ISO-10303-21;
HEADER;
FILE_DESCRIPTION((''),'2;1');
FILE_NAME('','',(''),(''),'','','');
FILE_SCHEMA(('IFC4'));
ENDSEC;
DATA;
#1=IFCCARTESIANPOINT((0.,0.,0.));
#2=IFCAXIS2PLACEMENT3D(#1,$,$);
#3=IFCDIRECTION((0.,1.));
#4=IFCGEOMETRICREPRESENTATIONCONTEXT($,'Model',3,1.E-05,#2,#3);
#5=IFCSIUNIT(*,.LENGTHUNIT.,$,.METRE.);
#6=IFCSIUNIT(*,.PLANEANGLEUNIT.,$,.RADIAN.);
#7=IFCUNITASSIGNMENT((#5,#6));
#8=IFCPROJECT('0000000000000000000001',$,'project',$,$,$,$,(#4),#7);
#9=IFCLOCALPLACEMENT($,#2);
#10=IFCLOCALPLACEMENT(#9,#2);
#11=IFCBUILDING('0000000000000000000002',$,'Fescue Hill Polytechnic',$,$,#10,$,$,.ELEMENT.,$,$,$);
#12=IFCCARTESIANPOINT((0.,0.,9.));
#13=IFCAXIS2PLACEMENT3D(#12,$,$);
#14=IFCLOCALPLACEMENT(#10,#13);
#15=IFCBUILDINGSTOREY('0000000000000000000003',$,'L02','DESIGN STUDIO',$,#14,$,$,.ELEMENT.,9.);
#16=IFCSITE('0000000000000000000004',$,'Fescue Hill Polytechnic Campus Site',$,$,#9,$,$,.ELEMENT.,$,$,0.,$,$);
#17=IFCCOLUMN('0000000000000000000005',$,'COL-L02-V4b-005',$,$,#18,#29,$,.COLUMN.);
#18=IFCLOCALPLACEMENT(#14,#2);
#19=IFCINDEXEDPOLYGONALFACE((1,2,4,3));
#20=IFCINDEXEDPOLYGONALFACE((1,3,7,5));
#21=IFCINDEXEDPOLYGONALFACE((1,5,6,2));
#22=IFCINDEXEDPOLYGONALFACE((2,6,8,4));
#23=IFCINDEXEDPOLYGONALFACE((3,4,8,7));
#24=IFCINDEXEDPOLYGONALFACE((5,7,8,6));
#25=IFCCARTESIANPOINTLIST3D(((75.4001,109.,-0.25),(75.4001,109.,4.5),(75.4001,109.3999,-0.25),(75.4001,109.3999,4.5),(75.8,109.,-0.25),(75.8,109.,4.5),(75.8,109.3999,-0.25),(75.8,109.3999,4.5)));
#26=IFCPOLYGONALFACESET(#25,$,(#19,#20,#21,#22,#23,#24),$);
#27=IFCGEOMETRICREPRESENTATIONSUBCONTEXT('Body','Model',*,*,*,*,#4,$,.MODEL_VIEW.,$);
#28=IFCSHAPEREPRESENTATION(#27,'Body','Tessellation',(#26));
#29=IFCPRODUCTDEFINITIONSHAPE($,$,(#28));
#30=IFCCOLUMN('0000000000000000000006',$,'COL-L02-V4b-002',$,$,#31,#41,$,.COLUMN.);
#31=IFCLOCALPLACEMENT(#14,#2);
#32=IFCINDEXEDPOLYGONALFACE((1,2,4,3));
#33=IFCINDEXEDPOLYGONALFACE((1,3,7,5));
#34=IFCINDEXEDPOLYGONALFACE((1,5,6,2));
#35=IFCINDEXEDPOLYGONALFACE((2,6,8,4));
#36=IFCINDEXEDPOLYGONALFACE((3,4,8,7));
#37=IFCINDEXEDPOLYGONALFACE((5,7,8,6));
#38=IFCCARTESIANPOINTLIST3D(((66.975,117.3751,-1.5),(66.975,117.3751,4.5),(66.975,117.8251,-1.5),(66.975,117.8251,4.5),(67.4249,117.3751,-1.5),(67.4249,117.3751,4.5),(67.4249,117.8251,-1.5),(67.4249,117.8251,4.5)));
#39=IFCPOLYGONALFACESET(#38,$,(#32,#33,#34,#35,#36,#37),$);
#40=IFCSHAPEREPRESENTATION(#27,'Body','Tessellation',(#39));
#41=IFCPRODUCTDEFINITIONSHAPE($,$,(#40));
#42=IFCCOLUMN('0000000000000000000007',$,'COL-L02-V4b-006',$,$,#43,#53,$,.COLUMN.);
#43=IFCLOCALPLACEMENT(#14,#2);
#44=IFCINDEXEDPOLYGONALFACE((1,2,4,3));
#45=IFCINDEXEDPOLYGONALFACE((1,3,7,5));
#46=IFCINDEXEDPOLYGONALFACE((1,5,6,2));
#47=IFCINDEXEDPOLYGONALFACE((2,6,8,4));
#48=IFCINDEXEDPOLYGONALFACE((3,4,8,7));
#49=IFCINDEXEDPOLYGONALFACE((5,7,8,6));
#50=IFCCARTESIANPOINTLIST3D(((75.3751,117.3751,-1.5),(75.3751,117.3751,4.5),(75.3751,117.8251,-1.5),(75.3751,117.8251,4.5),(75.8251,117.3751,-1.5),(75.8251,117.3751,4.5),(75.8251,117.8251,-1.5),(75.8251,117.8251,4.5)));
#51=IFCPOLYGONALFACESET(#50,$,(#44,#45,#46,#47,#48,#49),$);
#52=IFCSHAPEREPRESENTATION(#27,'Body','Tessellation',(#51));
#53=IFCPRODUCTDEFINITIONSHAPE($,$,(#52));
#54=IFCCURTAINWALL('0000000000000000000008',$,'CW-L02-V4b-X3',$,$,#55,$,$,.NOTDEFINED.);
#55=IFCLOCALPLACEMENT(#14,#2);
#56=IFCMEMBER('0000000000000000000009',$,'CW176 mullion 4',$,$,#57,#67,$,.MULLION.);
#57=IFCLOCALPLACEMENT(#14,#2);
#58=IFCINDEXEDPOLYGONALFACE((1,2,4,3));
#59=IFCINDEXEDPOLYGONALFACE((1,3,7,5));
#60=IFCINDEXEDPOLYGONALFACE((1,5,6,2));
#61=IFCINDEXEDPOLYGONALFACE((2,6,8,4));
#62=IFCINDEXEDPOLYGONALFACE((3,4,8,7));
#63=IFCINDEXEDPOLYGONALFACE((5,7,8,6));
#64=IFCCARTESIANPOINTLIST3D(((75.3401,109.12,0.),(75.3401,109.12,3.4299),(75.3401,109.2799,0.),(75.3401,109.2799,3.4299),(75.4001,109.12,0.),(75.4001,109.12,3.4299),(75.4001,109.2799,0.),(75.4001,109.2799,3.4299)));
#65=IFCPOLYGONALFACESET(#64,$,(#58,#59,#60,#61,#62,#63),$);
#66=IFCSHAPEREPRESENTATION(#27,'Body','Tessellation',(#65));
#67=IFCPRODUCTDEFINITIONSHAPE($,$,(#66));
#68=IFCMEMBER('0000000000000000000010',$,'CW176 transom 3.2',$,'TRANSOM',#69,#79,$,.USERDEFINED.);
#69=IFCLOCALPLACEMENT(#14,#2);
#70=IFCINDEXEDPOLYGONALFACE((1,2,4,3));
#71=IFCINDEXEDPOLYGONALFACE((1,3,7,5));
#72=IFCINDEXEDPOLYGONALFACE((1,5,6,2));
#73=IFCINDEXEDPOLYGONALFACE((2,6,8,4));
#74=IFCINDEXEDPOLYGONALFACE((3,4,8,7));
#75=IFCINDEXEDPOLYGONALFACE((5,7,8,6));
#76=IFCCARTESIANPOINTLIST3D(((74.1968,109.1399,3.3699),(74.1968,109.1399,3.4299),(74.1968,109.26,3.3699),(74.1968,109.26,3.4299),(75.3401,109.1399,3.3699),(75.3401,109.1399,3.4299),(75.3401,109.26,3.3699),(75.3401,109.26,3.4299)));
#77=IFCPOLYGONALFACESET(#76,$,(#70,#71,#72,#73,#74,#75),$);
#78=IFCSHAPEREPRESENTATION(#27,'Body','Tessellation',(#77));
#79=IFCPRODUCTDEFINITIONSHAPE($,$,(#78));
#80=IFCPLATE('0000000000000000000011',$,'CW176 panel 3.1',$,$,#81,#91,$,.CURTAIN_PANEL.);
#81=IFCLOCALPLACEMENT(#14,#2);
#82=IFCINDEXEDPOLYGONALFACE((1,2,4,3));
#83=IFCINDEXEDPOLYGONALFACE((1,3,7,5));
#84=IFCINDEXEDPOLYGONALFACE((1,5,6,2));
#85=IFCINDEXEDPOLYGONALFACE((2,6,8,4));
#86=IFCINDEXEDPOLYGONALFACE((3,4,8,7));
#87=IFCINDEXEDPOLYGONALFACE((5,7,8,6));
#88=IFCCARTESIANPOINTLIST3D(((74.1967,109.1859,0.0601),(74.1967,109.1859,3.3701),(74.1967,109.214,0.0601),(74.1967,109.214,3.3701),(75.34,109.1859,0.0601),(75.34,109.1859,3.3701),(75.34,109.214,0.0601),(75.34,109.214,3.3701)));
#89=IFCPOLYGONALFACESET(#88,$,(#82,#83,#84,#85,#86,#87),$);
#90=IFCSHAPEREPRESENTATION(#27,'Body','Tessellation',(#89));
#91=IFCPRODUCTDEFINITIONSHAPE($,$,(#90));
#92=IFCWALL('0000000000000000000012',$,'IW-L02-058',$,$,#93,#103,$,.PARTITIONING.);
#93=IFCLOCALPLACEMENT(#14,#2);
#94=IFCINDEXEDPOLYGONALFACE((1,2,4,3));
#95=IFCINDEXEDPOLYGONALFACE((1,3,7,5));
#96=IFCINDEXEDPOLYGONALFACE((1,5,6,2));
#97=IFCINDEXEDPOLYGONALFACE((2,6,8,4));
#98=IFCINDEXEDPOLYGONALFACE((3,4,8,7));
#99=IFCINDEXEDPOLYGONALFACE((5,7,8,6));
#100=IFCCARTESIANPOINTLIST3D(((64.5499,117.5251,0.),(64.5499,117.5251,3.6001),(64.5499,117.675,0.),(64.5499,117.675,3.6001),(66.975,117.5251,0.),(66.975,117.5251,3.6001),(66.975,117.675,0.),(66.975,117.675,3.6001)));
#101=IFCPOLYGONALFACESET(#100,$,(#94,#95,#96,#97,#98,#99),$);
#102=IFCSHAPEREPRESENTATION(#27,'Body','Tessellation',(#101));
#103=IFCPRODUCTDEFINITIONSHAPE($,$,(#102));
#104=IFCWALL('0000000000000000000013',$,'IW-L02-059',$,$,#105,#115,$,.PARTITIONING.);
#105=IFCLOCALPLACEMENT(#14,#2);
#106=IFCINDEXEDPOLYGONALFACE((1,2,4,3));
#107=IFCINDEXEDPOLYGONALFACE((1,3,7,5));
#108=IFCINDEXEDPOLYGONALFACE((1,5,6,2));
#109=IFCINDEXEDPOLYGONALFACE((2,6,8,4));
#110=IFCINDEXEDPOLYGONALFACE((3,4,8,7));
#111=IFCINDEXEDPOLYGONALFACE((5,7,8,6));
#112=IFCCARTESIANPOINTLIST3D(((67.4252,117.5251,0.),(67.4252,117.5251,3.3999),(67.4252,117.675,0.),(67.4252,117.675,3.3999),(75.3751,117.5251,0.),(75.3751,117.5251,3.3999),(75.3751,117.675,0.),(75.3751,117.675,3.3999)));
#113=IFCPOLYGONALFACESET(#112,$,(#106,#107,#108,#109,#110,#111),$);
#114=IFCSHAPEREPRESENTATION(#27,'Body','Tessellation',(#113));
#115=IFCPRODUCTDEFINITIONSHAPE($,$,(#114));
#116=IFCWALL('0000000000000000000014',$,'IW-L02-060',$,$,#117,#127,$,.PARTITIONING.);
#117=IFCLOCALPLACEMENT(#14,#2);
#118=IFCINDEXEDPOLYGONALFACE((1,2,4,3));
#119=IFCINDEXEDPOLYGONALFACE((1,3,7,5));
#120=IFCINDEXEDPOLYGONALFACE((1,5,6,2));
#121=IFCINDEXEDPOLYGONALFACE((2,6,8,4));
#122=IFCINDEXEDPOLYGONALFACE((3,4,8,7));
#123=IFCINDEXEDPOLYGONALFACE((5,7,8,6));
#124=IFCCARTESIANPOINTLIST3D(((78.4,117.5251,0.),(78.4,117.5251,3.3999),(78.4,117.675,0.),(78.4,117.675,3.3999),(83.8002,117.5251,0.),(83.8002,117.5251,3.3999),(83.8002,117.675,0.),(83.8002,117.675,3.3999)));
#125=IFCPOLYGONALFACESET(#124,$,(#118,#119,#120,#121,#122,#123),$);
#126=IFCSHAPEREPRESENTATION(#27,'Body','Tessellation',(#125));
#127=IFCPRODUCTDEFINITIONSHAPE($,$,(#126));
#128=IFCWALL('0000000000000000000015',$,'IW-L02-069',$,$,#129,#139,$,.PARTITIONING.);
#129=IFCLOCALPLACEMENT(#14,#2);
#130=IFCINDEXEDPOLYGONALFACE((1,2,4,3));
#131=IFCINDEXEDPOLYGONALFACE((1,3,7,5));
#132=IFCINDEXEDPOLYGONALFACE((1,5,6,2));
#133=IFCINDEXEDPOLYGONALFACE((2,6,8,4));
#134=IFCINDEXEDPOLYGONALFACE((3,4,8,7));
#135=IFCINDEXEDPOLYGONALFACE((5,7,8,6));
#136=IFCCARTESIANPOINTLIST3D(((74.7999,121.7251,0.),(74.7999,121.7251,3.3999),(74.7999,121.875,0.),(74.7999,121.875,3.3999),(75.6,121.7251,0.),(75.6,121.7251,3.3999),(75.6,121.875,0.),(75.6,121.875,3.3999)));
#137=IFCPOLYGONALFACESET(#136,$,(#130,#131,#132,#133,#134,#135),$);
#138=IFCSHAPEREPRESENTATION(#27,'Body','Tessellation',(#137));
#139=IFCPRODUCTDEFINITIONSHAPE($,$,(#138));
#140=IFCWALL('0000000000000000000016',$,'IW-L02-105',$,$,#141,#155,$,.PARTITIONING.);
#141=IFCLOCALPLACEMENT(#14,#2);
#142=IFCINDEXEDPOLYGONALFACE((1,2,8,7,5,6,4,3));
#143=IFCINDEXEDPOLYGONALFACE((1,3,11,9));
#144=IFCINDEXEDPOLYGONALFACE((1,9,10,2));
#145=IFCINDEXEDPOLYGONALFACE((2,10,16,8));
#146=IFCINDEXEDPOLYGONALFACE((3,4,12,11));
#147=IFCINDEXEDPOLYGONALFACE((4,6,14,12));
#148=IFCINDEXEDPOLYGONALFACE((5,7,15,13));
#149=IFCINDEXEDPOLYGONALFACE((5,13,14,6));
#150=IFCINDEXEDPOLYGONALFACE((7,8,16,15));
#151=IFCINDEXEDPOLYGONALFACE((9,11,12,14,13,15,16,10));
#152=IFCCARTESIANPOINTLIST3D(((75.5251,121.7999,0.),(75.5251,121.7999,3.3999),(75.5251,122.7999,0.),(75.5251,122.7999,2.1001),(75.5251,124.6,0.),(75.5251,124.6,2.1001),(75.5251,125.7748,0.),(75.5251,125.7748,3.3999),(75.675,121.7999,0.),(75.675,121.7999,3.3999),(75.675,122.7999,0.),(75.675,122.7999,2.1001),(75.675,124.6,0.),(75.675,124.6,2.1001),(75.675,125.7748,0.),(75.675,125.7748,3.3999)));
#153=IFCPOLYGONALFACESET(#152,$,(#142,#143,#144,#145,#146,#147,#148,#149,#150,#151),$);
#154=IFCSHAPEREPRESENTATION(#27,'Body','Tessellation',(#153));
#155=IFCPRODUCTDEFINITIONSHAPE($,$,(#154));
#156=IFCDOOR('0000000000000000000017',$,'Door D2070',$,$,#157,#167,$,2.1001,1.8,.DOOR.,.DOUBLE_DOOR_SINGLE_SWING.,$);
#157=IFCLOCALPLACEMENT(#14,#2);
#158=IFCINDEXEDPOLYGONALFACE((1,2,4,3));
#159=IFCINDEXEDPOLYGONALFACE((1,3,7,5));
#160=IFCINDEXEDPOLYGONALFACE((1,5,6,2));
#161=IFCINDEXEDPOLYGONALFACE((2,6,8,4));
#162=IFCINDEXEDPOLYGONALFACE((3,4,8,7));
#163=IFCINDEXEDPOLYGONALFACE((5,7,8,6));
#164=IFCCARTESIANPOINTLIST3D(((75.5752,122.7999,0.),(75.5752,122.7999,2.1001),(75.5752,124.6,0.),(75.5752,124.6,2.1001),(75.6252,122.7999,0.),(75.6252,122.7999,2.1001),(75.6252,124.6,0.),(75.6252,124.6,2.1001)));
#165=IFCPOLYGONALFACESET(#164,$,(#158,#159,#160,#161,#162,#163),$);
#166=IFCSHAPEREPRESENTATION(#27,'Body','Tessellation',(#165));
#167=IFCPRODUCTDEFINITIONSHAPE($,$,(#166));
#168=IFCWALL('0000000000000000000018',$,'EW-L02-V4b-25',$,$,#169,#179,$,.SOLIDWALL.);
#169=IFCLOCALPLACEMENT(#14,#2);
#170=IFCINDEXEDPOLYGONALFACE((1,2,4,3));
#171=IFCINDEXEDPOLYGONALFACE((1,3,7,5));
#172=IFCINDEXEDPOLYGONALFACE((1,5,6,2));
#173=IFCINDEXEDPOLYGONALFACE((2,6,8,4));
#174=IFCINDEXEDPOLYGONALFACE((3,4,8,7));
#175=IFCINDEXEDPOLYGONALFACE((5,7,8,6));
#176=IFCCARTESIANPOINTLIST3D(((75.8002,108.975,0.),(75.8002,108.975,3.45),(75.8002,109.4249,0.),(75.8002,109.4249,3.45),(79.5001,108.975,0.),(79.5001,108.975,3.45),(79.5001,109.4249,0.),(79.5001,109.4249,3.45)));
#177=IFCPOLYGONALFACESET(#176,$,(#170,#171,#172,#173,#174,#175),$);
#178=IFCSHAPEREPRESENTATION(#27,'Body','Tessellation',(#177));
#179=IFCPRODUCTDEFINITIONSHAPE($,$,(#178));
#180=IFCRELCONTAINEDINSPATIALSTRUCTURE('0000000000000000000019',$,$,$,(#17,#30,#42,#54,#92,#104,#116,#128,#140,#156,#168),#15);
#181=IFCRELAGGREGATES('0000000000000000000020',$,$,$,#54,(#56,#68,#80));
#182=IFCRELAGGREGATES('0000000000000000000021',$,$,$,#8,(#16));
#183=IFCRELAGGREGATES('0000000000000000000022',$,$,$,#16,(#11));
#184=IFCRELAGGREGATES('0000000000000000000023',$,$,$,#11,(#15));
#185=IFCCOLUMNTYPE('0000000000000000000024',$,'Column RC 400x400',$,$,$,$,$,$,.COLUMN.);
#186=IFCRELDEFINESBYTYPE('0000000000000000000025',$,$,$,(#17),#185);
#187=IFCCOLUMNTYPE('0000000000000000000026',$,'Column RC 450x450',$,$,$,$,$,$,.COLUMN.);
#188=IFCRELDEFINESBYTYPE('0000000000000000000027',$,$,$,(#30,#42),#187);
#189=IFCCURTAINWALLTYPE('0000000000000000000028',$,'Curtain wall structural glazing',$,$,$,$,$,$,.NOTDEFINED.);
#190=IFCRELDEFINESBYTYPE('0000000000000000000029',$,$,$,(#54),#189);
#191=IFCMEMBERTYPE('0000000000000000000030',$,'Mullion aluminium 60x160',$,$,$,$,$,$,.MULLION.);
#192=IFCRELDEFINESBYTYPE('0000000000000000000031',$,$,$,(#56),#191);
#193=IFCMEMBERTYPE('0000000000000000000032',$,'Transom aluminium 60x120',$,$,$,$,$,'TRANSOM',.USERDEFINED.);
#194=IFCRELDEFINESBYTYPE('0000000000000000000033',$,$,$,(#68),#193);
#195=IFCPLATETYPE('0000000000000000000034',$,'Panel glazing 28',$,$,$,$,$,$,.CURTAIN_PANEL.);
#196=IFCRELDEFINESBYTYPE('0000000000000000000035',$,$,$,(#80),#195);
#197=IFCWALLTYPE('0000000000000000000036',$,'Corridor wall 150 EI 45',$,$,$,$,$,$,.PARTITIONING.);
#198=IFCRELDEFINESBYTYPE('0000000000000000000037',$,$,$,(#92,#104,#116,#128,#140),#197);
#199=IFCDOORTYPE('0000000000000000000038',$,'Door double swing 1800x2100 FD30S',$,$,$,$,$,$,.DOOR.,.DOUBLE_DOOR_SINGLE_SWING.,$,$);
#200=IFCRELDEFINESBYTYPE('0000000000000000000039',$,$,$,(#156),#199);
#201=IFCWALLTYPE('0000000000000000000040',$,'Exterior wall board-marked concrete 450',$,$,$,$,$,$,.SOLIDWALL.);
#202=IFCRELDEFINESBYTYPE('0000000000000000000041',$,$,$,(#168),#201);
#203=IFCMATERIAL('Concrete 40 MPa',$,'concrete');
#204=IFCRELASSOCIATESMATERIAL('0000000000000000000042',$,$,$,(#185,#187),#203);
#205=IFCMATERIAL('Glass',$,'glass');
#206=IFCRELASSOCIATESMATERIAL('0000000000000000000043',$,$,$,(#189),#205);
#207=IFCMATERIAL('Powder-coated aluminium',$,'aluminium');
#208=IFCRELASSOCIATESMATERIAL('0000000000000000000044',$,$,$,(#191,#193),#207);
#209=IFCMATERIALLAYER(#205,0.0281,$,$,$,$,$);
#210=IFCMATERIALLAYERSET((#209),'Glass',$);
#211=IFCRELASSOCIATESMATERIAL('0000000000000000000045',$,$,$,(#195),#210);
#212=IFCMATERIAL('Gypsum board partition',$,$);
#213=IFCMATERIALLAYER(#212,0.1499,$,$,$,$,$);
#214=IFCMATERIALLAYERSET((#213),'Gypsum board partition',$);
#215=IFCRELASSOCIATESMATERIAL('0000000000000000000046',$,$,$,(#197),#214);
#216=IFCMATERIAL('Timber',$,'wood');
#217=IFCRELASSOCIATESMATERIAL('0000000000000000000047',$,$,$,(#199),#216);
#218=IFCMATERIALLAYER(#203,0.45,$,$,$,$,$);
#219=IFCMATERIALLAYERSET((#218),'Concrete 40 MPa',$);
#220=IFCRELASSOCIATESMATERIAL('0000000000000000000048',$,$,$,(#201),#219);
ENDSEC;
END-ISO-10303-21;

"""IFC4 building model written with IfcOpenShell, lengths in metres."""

from ifc_helpers import new_model, si_unit, direction, frame, frame_2d, origin, origin_2d, place, context, subcontext, project, spatial, rectangle, extrude, material, layer, layer_set, material_profile, profile_set, type_object, element, fill, aggregate, save


model = new_model("IFC4")

# Units and contexts
model_context = context("Model", 3, precision=1e-05, world=origin(), true_north=direction((0.0, 1.0)))
body_context = subcontext(model_context, "Body", "Model", "MODEL_VIEW")
ifc_project = project(units=[si_unit("LENGTHUNIT", "METRE"), si_unit("PLANEANGLEUNIT", "RADIAN")], contexts=[model_context])

# Site, building, storey
site_placement = place(None, origin())
site = spatial("IfcSite", under=ifc_project, at=site_placement, Name="Fescue Hill Polytechnic Campus Site", CompositionType="ELEMENT", RefElevation=0.0)
building_placement = place(site_placement, origin())
building = spatial("IfcBuilding", under=site, at=building_placement, Name="Fescue Hill Polytechnic", CompositionType="ELEMENT")
storey_placement = place(building_placement, frame((0.0, 0.0, 9.0)))
storey = spatial("IfcBuildingStorey", under=building, at=storey_placement, Name="L02", Description="DESIGN STUDIO", CompositionType="ELEMENT", Elevation=9.0)

# Columns
ifc_material_1 = material(Name="Concrete 40 MPa", Category="concrete")
ifc_material_profile_1 = material_profile(ifc_material_1, rectangle(XDim=0.3999, YDim=0.3999, at=origin_2d()), Name="RC 400x400")
ifc_profile_set_1 = profile_set([ifc_material_profile_1], Name="Concrete 40 MPa")
column_type_1 = type_object("IfcColumnType", Name="Column RC 400x400", PredefinedType="COLUMN", material=ifc_profile_set_1)
column_placement = place(storey_placement, frame((75.6001, 109.2, -0.25), z_axis=(0.0, 0.0, 1.0), x_axis=(1.0, 0.0, 0.0)))
element("IfcColumn", 1, at=column_placement, inside=storey, type_object=column_type_1, Name="COL-L02-V4b-005", PredefinedType="COLUMN", context=body_context, shape_type="SweptSolid", body=[
    extrude(rectangle(XDim=0.3999, YDim=0.3999, at=origin_2d()), origin(), (0.0, 0.0, 1.0), 4.75),
])
ifc_material_profile_2 = material_profile(ifc_material_1, rectangle(XDim=0.45, YDim=0.45, at=origin_2d()), Name="RC 450x450")
ifc_profile_set_2 = profile_set([ifc_material_profile_2], Name="Concrete 40 MPa")
column_type_2 = type_object("IfcColumnType", Name="Column RC 450x450", PredefinedType="COLUMN", material=ifc_profile_set_2)
for number, where, z_axis, x_axis, name in (
    (2, (67.2, 117.6001, -1.5), (0.0, 0.0, 1.0), (1.0, 0.0, 0.0), "COL-L02-V4b-002"),
    (3, (75.6001, 117.6001, -1.5), (0.0, 0.0, 1.0), (1.0, 0.0, 0.0), "COL-L02-V4b-006"),
):
    element("IfcColumn", number, at=place(storey_placement, frame(where, z_axis=z_axis, x_axis=x_axis)), inside=storey, type_object=column_type_2, Name=name, PredefinedType="COLUMN", context=body_context, shape_type="SweptSolid", body=[
        extrude(rectangle(XDim=0.45, YDim=0.45, at=origin_2d()), origin(), (0.0, 0.0, 1.0), 6.0),
    ])

# Curtain wall, members, plate
ifc_material_2 = material(Name="Glass", Category="glass")
curtain_wall_type = type_object("IfcCurtainWallType", Name="Curtain wall structural glazing", PredefinedType="NOTDEFINED", material=ifc_material_2)
curtain_wall_placement = place(storey_placement, origin())
curtain_wall = element("IfcCurtainWall", 4, at=curtain_wall_placement, inside=storey, type_object=curtain_wall_type, Name="CW-L02-V4b-X3", PredefinedType="NOTDEFINED")
ifc_material_3 = material(Name="Powder-coated aluminium", Category="aluminium")
ifc_material_profile_3 = material_profile(ifc_material_3, rectangle(XDim=0.1599, YDim=0.0601, at=origin_2d()), Name="Mullion aluminium 60x160")
ifc_profile_set_3 = profile_set([ifc_material_profile_3], Name="Powder-coated aluminium")
member_type_1 = type_object("IfcMemberType", Name="Mullion aluminium 60x160", PredefinedType="MULLION", material=ifc_profile_set_3)
member_1_placement = place(storey_placement, frame((75.3701, 109.2, 0.0), z_axis=(0.0, 0.0, 1.0), x_axis=(0.0, 1.0, 0.0)))
member_1 = element("IfcMember", 5, at=member_1_placement, type_object=member_type_1, Name="CW176 mullion 4", PredefinedType="MULLION", context=body_context, shape_type="SweptSolid", body=[
    extrude(rectangle(XDim=0.1599, YDim=0.0601, at=origin_2d()), origin(), (0.0, 0.0, 1.0), 3.4299),
])
ifc_material_profile_4 = material_profile(ifc_material_3, rectangle(XDim=0.1201, YDim=0.0601, at=origin_2d()), Name="Transom aluminium 60x120")
ifc_profile_set_4 = profile_set([ifc_material_profile_4], Name="Powder-coated aluminium")
member_type_2 = type_object("IfcMemberType", Name="Transom aluminium 60x120", ElementType="TRANSOM", PredefinedType="USERDEFINED", material=ifc_profile_set_4)
member_2_placement = place(storey_placement, frame((74.1968, 109.2, 3.3999), z_axis=(1.0, 0.0, 0.0), x_axis=(0.0, 1.0, 0.0)))
member_2 = element("IfcMember", 6, at=member_2_placement, type_object=member_type_2, Name="CW176 transom 3.2", ObjectType="TRANSOM", PredefinedType="USERDEFINED", context=body_context, shape_type="SweptSolid", body=[
    extrude(rectangle(XDim=0.1201, YDim=0.0601, at=origin_2d()), origin(), (0.0, 0.0, 1.0), 1.1433),
])
ifc_layer_1 = layer(ifc_material_2, 0.0281)
ifc_layer_set_1 = layer_set([ifc_layer_1], Name="Glass")
plate_type = type_object("IfcPlateType", Name="Panel glazing 28", PredefinedType="CURTAIN_PANEL", material=ifc_layer_set_1)
plate_placement = place(storey_placement, frame((74.7683, 109.2, 0.0601), z_axis=(0.0, 0.0, 1.0), x_axis=(1.0, 0.0, 0.0)))
plate = element("IfcPlate", 7, at=plate_placement, type_object=plate_type, Name="CW176 panel 3.1", PredefinedType="CURTAIN_PANEL", context=body_context, shape_type="SweptSolid", body=[
    extrude(rectangle(XDim=1.1433, YDim=0.0281, at=origin_2d()), origin(), (0.0, 0.0, 1.0), 3.3101),
])
aggregate(curtain_wall, [member_1, member_2, plate])

# Walls
ifc_material_4 = material(Name="Gypsum board partition")
ifc_layer_2 = layer(ifc_material_4, 0.1499)
ifc_layer_set_2 = layer_set([ifc_layer_2], Name="Gypsum board partition")
wall_type_1 = type_object("IfcWallType", Name="Corridor wall 150 EI 45", PredefinedType="PARTITIONING", material=ifc_layer_set_2)
wall_1_placement = place(storey_placement, frame((64.55, 117.6001, 0.0), z_axis=(0.0, 0.0, 1.0), x_axis=(1.0, 0.0, 0.0)))
element("IfcWall", 8, at=wall_1_placement, inside=storey, type_object=wall_type_1, Name="IW-L02-058", PredefinedType="PARTITIONING", context=body_context, shape_type="SweptSolid", body=[
    extrude(rectangle(XDim=2.425, YDim=0.1499, at=frame_2d((1.2124, 0.0))), origin(), (0.0, 0.0, 1.0), 3.6001),
])
wall_2_placement = place(storey_placement, frame((67.425, 117.6001, 0.0), z_axis=(0.0, 0.0, 1.0), x_axis=(1.0, 0.0, 0.0)))
element("IfcWall", 9, at=wall_2_placement, inside=storey, type_object=wall_type_1, Name="IW-L02-059", PredefinedType="PARTITIONING", context=body_context, shape_type="SweptSolid", body=[
    extrude(rectangle(XDim=7.95, YDim=0.1499, at=frame_2d((3.9751, 0.0))), origin(), (0.0, 0.0, 1.0), 3.3999),
])
wall_3_placement = place(storey_placement, frame((78.3999, 117.6001, 0.0), z_axis=(0.0, 0.0, 1.0), x_axis=(1.0, 0.0, 0.0)))
element("IfcWall", 10, at=wall_3_placement, inside=storey, type_object=wall_type_1, Name="IW-L02-060", PredefinedType="PARTITIONING", context=body_context, shape_type="SweptSolid", body=[
    extrude(rectangle(XDim=5.4001, YDim=0.1499, at=frame_2d((2.7002, 0.0))), origin(), (0.0, 0.0, 1.0), 3.3999),
])
wall_4_placement = place(storey_placement, frame((74.8, 121.8, 0.0), z_axis=(0.0, 0.0, 1.0), x_axis=(1.0, 0.0, 0.0)))
element("IfcWall", 11, at=wall_4_placement, inside=storey, type_object=wall_type_1, Name="IW-L02-069", PredefinedType="PARTITIONING", context=body_context, shape_type="SweptSolid", body=[
    extrude(rectangle(XDim=0.8, YDim=0.1499, at=frame_2d((0.3999, 0.0))), origin(), (0.0, 0.0, 1.0), 3.3999),
])

# Wall, opening, door
wall_5_placement = place(storey_placement, frame((75.6001, 121.8, 0.0), z_axis=(0.0, 0.0, 1.0), x_axis=(0.0, 1.0, 0.0)))
wall_5 = element("IfcWall", 12, at=wall_5_placement, inside=storey, type_object=wall_type_1, Name="IW-L02-105", PredefinedType="PARTITIONING", context=body_context, shape_type="SweptSolid", body=[
    extrude(rectangle(XDim=3.9749, YDim=0.1499, at=frame_2d((1.9873, 0.0))), origin(), (0.0, 0.0, 1.0), 3.3999),
])
opening_1_placement = place(wall_5_placement, frame((1.0, 0.0, 0.0)))
opening_1 = element("IfcOpeningElement", 13, at=opening_1_placement, cuts=wall_5, PredefinedType="OPENING", context=body_context, shape_type="SweptSolid", body=[
    extrude(rectangle(XDim=1.8, YDim=2.1001, at=frame_2d((0.8999, 1.05))), frame((0.0, 0.085, 0.0), z_axis=(0.0, -1.0, 0.0), x_axis=(1.0, 0.0, 0.0)), (0.0, 0.0, 1.0), 0.1699),
])
ifc_material_5 = material(Name="Timber", Category="wood")
door_type_1 = type_object("IfcDoorType", Name="Door double swing 1800x2100 FD30S", OperationType="DOUBLE_DOOR_SINGLE_SWING", PredefinedType="DOOR", material=ifc_material_5)
door_1_placement = place(opening_1_placement, origin())
door_1 = element("IfcDoor", 14, at=door_1_placement, inside=storey, type_object=door_type_1, Name="Door D2070", OperationType="DOUBLE_DOOR_SINGLE_SWING", OverallHeight=2.1001, OverallWidth=1.8, PredefinedType="DOOR", context=body_context, shape_type="SweptSolid", body=[
    extrude(rectangle(XDim=1.8, YDim=2.1001, at=frame_2d((0.8999, 1.05))), frame((0.0, 0.0249, 0.0), z_axis=(0.0, -1.0, 0.0), x_axis=(1.0, 0.0, 0.0)), (0.0, 0.0, 1.0), 0.05),
])
fill(opening_1, door_1)

# Wall
ifc_layer_3 = layer(ifc_material_1, 0.45)
ifc_layer_set_3 = layer_set([ifc_layer_3], Name="Concrete 40 MPa")
wall_type_2 = type_object("IfcWallType", Name="Exterior wall board-marked concrete 450", PredefinedType="SOLIDWALL", material=ifc_layer_set_3)
wall_6_placement = place(storey_placement, frame((75.8, 109.2, 0.0), z_axis=(0.0, 0.0, 1.0), x_axis=(1.0, 0.0, 0.0)))
element("IfcWall", 15, at=wall_6_placement, inside=storey, type_object=wall_type_2, Name="EW-L02-V4b-25", PredefinedType="SOLIDWALL", context=body_context, shape_type="SweptSolid", body=[
    extrude(rectangle(XDim=3.7, YDim=0.45, at=frame_2d((1.8501, 0.0))), origin(), (0.0, 0.0, 1.0), 3.45),
])

save(model, "model.ifc")
